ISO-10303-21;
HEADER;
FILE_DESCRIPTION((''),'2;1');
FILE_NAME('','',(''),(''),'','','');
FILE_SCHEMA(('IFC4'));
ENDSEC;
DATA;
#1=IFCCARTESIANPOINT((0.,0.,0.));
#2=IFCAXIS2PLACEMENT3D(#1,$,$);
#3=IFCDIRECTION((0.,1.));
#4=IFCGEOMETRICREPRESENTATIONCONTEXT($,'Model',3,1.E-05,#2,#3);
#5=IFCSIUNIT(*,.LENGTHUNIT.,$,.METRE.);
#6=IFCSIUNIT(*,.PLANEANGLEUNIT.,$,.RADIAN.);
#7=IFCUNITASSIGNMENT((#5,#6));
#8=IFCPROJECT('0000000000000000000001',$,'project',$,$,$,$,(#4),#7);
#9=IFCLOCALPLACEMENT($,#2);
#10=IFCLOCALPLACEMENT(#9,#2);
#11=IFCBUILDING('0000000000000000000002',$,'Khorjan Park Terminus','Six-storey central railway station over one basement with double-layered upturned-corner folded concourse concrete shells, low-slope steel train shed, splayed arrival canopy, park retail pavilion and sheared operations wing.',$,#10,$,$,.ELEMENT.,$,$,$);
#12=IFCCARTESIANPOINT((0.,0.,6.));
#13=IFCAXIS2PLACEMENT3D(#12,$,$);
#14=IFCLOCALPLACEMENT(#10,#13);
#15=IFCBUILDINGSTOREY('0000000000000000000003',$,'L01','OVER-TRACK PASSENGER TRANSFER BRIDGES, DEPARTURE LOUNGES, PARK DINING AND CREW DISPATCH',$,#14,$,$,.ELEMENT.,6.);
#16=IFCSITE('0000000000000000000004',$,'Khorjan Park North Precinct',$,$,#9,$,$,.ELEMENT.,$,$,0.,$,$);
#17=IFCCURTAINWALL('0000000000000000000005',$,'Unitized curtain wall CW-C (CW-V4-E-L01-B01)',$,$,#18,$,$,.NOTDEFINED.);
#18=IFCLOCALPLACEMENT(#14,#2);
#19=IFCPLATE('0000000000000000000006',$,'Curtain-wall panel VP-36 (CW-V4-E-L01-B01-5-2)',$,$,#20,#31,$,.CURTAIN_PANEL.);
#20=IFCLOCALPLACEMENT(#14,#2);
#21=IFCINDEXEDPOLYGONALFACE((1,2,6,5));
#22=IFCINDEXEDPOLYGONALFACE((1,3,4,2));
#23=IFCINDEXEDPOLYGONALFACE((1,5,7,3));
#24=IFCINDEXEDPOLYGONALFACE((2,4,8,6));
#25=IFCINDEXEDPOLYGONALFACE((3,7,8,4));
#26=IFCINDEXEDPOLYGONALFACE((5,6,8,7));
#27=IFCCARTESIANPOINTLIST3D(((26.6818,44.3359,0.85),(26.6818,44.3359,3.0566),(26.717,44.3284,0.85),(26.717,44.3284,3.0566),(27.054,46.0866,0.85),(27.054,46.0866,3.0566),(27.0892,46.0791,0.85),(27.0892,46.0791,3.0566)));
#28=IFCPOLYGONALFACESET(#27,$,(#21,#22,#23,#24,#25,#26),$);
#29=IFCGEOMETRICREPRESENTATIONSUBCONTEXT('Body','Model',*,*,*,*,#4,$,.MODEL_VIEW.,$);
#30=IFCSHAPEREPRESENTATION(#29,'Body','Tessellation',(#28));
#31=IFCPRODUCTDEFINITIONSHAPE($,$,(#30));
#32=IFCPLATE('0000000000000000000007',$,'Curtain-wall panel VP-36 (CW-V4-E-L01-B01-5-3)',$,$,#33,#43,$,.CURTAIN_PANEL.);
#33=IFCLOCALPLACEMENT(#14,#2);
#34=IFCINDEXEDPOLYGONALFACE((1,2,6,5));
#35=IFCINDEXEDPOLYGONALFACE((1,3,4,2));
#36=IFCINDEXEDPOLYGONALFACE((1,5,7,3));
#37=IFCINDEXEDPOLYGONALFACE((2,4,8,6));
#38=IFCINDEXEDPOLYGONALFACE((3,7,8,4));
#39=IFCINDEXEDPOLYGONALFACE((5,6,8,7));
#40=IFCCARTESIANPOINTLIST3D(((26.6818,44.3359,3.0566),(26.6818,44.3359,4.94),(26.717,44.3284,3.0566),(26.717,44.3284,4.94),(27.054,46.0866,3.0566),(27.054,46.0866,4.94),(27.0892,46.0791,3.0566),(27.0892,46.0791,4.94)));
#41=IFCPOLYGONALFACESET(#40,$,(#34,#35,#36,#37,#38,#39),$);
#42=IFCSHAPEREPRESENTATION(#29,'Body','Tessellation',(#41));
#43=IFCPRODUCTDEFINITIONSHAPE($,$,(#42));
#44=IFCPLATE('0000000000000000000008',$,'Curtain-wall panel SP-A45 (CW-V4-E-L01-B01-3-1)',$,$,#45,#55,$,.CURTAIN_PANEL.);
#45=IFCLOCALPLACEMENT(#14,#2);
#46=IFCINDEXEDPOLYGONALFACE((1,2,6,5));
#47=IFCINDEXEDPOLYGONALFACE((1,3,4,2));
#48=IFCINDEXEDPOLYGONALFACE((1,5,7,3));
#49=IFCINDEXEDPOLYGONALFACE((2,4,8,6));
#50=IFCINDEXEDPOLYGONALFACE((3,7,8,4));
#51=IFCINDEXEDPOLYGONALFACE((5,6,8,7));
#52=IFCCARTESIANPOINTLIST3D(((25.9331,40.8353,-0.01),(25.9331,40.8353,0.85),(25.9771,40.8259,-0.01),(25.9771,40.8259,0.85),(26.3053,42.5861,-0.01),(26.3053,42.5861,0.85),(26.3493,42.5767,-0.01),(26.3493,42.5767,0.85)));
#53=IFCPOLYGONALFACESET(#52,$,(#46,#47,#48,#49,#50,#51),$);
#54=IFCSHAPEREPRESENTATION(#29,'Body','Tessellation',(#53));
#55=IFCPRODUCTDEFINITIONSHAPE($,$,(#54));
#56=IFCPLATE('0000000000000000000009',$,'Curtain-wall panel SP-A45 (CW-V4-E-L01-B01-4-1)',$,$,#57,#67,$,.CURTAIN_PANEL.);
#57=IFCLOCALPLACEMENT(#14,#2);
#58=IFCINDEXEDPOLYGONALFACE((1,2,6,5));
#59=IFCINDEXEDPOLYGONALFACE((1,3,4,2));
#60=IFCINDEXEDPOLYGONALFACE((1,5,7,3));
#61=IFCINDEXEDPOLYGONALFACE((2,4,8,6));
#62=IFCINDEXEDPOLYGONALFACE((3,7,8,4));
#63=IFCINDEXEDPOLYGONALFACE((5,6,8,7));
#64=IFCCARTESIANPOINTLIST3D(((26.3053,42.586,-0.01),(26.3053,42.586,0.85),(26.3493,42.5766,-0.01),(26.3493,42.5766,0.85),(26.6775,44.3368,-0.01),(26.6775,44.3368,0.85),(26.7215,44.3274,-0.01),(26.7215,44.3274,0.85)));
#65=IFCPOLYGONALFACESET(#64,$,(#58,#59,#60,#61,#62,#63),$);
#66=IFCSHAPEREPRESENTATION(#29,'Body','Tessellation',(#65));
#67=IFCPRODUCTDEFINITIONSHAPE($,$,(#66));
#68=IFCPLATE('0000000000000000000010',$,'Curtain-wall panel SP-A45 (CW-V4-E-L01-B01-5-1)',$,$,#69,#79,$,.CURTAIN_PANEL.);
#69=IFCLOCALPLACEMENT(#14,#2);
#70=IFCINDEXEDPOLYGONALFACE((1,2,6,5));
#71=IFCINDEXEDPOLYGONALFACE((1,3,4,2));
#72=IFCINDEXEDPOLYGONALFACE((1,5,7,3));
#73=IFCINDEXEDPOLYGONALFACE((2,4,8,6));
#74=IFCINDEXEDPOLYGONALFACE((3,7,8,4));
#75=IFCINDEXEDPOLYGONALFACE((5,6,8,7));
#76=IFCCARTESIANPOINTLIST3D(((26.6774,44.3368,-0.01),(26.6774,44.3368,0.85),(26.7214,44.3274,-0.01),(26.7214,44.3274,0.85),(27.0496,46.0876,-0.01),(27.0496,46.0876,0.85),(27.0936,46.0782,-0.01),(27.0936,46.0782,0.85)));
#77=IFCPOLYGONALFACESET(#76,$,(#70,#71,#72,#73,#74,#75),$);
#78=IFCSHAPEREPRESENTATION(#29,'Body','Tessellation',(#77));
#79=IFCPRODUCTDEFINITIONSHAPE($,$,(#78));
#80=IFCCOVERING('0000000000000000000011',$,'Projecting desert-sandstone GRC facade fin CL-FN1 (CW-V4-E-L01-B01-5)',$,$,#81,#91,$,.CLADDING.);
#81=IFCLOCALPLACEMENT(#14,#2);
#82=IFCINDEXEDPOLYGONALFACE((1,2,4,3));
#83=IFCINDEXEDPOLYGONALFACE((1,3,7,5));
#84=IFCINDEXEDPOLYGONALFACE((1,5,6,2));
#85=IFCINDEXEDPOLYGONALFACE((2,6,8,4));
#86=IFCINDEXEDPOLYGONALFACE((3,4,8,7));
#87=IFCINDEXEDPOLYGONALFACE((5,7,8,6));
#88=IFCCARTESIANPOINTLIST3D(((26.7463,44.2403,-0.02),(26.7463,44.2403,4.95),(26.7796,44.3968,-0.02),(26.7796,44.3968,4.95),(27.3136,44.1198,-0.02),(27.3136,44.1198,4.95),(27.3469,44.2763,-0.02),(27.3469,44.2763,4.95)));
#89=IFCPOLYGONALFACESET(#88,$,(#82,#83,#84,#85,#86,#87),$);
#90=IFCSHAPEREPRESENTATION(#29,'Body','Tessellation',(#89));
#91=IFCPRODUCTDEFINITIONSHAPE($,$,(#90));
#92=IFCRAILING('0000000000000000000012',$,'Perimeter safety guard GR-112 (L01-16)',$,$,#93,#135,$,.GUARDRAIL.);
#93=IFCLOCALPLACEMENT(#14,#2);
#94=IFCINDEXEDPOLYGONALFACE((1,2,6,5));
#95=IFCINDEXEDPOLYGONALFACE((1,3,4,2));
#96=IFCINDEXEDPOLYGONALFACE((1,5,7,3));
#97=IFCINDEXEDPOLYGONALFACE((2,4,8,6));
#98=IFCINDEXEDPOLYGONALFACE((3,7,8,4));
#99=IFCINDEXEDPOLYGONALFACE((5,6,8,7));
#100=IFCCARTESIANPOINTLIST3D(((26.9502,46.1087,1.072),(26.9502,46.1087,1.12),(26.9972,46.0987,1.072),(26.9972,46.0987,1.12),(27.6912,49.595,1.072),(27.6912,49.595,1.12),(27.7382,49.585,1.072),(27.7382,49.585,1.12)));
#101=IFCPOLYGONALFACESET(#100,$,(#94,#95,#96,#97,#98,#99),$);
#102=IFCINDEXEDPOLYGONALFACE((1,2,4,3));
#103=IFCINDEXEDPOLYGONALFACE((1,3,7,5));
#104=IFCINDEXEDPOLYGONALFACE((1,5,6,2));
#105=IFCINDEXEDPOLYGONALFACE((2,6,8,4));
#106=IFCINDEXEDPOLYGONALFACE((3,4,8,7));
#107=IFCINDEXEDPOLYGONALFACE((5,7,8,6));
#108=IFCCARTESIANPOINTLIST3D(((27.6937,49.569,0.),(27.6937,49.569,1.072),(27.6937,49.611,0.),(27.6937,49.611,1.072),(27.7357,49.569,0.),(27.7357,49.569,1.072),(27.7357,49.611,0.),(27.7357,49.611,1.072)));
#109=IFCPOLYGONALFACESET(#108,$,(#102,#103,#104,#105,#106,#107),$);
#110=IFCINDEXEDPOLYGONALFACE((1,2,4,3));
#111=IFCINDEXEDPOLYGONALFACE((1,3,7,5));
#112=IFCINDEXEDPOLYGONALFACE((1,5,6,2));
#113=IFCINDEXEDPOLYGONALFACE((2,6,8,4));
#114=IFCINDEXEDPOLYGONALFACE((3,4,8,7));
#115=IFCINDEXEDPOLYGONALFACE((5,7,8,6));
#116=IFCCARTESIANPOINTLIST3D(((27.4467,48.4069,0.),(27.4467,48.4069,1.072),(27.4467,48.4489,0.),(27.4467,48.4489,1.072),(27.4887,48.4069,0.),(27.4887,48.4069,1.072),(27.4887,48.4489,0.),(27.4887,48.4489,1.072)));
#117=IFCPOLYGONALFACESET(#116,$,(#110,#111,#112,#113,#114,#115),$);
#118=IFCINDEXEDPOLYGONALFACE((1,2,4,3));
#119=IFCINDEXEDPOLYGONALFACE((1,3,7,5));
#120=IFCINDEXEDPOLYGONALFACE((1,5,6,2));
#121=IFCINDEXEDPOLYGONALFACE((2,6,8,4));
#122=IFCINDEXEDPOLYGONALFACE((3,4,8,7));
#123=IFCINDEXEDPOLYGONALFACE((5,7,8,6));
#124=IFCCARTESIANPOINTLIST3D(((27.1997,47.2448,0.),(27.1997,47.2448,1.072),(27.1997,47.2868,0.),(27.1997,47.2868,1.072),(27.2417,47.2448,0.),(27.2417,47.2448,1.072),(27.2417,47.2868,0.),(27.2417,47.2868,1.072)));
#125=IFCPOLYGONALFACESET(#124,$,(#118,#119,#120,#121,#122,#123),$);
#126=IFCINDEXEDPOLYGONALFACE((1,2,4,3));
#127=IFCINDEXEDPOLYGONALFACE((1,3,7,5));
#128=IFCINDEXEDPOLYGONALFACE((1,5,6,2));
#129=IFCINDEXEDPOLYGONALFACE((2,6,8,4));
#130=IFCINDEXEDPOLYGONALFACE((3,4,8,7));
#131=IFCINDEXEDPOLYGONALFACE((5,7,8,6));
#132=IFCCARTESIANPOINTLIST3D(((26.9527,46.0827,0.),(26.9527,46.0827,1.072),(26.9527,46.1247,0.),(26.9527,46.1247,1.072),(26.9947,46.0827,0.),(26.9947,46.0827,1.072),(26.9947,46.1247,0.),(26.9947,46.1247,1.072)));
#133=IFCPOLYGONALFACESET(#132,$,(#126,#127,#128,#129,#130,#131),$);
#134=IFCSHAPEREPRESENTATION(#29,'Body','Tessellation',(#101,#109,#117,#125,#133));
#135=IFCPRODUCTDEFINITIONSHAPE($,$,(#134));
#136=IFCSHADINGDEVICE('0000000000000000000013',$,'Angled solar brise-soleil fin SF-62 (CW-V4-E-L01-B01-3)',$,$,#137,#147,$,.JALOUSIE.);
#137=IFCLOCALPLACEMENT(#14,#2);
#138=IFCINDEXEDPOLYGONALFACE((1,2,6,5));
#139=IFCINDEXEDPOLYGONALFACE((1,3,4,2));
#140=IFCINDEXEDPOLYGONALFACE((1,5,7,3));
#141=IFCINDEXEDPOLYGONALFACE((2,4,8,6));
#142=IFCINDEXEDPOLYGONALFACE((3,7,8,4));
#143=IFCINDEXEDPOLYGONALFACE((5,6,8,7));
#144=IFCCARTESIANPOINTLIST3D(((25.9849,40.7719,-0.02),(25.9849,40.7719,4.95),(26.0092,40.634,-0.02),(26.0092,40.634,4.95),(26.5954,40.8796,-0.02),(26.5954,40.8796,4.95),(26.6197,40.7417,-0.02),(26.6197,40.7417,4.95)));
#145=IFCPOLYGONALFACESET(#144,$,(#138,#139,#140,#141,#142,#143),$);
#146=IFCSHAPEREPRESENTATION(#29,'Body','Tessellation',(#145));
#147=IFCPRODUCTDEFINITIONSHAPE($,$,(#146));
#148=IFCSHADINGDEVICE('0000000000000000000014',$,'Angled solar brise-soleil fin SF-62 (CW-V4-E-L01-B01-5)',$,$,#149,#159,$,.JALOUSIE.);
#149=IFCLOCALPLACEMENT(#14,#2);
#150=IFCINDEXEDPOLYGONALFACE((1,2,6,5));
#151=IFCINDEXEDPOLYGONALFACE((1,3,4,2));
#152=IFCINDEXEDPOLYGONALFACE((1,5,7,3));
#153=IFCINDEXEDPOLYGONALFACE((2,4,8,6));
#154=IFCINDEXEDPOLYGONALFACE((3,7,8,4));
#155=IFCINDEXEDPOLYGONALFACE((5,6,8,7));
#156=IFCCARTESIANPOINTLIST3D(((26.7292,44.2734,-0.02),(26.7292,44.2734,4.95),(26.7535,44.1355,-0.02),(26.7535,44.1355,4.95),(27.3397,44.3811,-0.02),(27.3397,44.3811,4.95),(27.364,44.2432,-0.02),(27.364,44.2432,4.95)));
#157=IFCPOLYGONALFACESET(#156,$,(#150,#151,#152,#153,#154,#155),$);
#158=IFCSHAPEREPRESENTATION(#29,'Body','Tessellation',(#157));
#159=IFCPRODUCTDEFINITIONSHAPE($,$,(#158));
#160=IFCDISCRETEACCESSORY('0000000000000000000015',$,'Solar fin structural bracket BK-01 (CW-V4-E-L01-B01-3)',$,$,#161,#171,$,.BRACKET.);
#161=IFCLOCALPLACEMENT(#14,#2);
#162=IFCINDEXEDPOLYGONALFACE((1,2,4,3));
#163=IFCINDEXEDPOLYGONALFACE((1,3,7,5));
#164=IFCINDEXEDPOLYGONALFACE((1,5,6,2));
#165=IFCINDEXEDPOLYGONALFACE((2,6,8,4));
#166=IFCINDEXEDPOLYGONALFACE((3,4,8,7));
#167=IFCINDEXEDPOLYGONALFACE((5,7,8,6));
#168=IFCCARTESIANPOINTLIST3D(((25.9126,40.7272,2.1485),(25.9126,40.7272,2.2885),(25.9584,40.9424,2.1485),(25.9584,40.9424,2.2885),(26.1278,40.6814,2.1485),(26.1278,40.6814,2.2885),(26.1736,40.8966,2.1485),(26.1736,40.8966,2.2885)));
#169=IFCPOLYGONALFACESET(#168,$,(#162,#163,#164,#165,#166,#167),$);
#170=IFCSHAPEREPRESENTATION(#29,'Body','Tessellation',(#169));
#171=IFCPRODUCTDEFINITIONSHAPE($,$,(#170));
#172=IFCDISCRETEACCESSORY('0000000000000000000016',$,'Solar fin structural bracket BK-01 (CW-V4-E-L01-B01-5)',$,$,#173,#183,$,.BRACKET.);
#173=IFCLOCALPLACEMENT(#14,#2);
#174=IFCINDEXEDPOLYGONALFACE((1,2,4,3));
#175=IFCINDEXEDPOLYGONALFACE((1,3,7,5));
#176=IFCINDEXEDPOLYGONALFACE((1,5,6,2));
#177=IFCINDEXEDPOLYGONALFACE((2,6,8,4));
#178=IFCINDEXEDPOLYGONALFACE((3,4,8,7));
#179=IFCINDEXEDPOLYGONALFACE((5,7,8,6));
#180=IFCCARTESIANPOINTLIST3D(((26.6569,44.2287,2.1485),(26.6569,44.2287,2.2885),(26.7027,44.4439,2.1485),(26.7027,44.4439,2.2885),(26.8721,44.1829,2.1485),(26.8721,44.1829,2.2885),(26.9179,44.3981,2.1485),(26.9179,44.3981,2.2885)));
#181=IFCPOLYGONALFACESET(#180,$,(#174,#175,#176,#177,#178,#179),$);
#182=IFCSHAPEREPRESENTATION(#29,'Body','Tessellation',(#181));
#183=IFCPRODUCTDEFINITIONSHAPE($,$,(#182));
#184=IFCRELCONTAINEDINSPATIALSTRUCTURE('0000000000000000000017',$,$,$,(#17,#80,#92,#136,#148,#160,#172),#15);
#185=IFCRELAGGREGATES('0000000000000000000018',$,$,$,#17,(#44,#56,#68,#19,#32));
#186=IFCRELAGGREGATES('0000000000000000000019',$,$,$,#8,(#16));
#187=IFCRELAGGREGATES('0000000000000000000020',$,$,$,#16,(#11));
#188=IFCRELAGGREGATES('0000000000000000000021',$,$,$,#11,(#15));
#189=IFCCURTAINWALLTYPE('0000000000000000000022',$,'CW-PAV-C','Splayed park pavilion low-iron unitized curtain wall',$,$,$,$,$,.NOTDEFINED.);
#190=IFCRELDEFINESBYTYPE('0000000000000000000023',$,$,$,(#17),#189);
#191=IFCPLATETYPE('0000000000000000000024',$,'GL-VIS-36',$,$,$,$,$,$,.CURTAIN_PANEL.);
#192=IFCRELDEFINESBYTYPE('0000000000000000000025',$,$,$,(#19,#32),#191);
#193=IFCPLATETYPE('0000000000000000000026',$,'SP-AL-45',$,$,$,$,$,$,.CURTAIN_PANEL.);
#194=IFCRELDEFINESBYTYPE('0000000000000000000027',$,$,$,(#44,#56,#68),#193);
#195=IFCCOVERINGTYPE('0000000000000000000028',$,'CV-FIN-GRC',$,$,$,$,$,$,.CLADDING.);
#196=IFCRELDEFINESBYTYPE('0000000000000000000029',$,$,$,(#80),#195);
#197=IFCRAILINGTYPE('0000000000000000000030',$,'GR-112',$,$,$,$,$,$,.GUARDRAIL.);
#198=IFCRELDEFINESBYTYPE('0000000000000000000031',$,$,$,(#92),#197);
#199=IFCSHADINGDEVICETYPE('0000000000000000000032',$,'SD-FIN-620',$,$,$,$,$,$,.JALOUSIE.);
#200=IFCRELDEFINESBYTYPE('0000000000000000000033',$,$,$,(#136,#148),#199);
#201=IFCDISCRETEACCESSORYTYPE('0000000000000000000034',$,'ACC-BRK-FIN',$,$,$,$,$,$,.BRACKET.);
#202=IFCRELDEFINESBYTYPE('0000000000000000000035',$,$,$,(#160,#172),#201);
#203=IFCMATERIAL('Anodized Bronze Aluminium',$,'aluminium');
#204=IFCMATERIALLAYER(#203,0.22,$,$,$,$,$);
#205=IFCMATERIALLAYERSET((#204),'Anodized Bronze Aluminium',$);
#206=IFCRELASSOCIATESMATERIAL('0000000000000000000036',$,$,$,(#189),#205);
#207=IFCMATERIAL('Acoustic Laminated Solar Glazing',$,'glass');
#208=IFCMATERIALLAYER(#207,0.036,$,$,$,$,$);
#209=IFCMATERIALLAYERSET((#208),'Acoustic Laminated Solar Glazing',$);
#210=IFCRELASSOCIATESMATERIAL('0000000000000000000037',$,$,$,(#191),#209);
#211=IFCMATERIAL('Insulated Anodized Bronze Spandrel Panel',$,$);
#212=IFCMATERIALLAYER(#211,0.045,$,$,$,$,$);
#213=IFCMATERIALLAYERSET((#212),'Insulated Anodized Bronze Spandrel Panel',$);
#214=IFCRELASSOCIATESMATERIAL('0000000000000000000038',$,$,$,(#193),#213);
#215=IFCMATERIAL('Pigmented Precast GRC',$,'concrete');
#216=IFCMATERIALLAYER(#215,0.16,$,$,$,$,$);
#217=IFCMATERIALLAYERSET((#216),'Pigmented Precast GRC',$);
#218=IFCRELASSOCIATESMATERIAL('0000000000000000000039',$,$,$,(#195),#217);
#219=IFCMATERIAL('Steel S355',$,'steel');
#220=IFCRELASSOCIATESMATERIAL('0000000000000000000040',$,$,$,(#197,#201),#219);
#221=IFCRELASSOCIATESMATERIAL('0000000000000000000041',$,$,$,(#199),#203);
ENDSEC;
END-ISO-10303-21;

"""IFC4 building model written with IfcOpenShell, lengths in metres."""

from ifc_helpers import new_model, si_unit, direction, frame, origin, origin_2d, place, context, subcontext, project, spatial, rectangle, extrude, material, layer, layer_set, type_object, element, aggregate, save


model = new_model("IFC4")

# Units and contexts
model_context = context("Model", 3, precision=1e-05, world=origin(), true_north=direction((0.0, 1.0)))
body_context = subcontext(model_context, "Body", "Model", "MODEL_VIEW")
ifc_project = project(units=[si_unit("LENGTHUNIT", "METRE"), si_unit("PLANEANGLEUNIT", "RADIAN")], contexts=[model_context])

# Site, building, storey
site_placement = place(None, origin())
site = spatial("IfcSite", under=ifc_project, at=site_placement, Name="Khorjan Park North Precinct", CompositionType="ELEMENT", RefElevation=0.0)
building_placement = place(site_placement, origin())
building = spatial("IfcBuilding", under=site, at=building_placement, Name="Khorjan Park Terminus", Description="Six-storey central railway station over one basement with double-layered upturned-corner folded concourse concrete shells, low-slope steel train shed, splayed arrival canopy, park retail pavilion and sheared operations wing.", CompositionType="ELEMENT")
storey_placement = place(building_placement, frame((0.0, 0.0, 6.0)))
storey = spatial("IfcBuildingStorey", under=building, at=storey_placement, Name="L01", Description="OVER-TRACK PASSENGER TRANSFER BRIDGES, DEPARTURE LOUNGES, PARK DINING AND CREW DISPATCH", CompositionType="ELEMENT", Elevation=6.0)

# Shared definitions
ifc_material_1 = material(Name="Steel S355", Category="steel")

# Curtain wall, plates
ifc_material_2 = material(Name="Anodized Bronze Aluminium", Category="aluminium")
ifc_layer_1 = layer(ifc_material_2, 0.22)
ifc_layer_set_1 = layer_set([ifc_layer_1], Name="Anodized Bronze Aluminium")
curtain_wall_type = type_object("IfcCurtainWallType", Name="CW-PAV-C", Description="Splayed park pavilion low-iron unitized curtain wall", PredefinedType="NOTDEFINED", material=ifc_layer_set_1)
curtain_wall_placement = place(storey_placement, origin())
curtain_wall = element("IfcCurtainWall", 1, at=curtain_wall_placement, inside=storey, type_object=curtain_wall_type, Name="Unitized curtain wall CW-C (CW-V4-E-L01-B01)", PredefinedType="NOTDEFINED")
ifc_material_3 = material(Name="Acoustic Laminated Solar Glazing", Category="glass")
ifc_layer_2 = layer(ifc_material_3, 0.036)
ifc_layer_set_2 = layer_set([ifc_layer_2], Name="Acoustic Laminated Solar Glazing")
plate_type_1 = type_object("IfcPlateType", Name="GL-VIS-36", PredefinedType="CURTAIN_PANEL", material=ifc_layer_set_2)
plate_1_placement = place(storey_placement, frame((26.8855, 45.2075, 0.85), z_axis=(0.0, 0.0, 1.0), x_axis=(0.207917, 0.978147, 0.0)))
plate_1 = element("IfcPlate", 2, at=plate_1_placement, type_object=plate_type_1, Name="Curtain-wall panel VP-36 (CW-V4-E-L01-B01-5-2)", PredefinedType="CURTAIN_PANEL", context=body_context, shape_type="SweptSolid", body=[
    extrude(rectangle(XDim=1.7899, YDim=0.036, at=origin_2d()), origin(), (0.0, 0.0, 1.0), 2.2066),
])
plate_2_placement = place(storey_placement, frame((26.8855, 45.2075, 3.0566), z_axis=(0.0, 0.0, 1.0), x_axis=(0.207917, 0.978147, 0.0)))
plate_2 = element("IfcPlate", 3, at=plate_2_placement, type_object=plate_type_1, Name="Curtain-wall panel VP-36 (CW-V4-E-L01-B01-5-3)", PredefinedType="CURTAIN_PANEL", context=body_context, shape_type="SweptSolid", body=[
    extrude(rectangle(XDim=1.7899, YDim=0.036, at=origin_2d()), origin(), (0.0, 0.0, 1.0), 1.8834),
])
ifc_material_4 = material(Name="Insulated Anodized Bronze Spandrel Panel")
ifc_layer_3 = layer(ifc_material_4, 0.045)
ifc_layer_set_3 = layer_set([ifc_layer_3], Name="Insulated Anodized Bronze Spandrel Panel")
plate_type_2 = type_object("IfcPlateType", Name="SP-AL-45", PredefinedType="CURTAIN_PANEL", material=ifc_layer_set_3)
plate_3_placement = place(storey_placement, frame((26.1412, 41.706, -0.01), z_axis=(0.0, 0.0, 1.0), x_axis=(0.207917, 0.978147, 0.0)))
plate_3 = element("IfcPlate", 4, at=plate_3_placement, type_object=plate_type_2, Name="Curtain-wall panel SP-A45 (CW-V4-E-L01-B01-3-1)", PredefinedType="CURTAIN_PANEL", context=body_context, shape_type="SweptSolid", body=[
    extrude(rectangle(XDim=1.7899, YDim=0.045, at=origin_2d()), origin(), (0.0, 0.0, 1.0), 0.86),
])
plate_4_placement = place(storey_placement, frame((26.5134, 43.4567, -0.01), z_axis=(0.0, 0.0, 1.0), x_axis=(0.207917, 0.978147, 0.0)))
plate_4 = element("IfcPlate", 5, at=plate_4_placement, type_object=plate_type_2, Name="Curtain-wall panel SP-A45 (CW-V4-E-L01-B01-4-1)", PredefinedType="CURTAIN_PANEL", context=body_context, shape_type="SweptSolid", body=[
    extrude(rectangle(XDim=1.7899, YDim=0.045, at=origin_2d()), origin(), (0.0, 0.0, 1.0), 0.86),
])
plate_5_placement = place(storey_placement, frame((26.8855, 45.2075, -0.01), z_axis=(0.0, 0.0, 1.0), x_axis=(0.207917, 0.978147, 0.0)))
plate_5 = element("IfcPlate", 6, at=plate_5_placement, type_object=plate_type_2, Name="Curtain-wall panel SP-A45 (CW-V4-E-L01-B01-5-1)", PredefinedType="CURTAIN_PANEL", context=body_context, shape_type="SweptSolid", body=[
    extrude(rectangle(XDim=1.7899, YDim=0.045, at=origin_2d()), origin(), (0.0, 0.0, 1.0), 0.86),
])
aggregate(curtain_wall, [plate_3, plate_4, plate_5, plate_1, plate_2])

# Covering
ifc_material_5 = material(Name="Pigmented Precast GRC", Category="concrete")
ifc_layer_4 = layer(ifc_material_5, 0.16)
ifc_layer_set_4 = layer_set([ifc_layer_4], Name="Pigmented Precast GRC")
covering_type = type_object("IfcCoveringType", Name="CV-FIN-GRC", PredefinedType="CLADDING", material=ifc_layer_set_4)
covering_placement = place(storey_placement, frame((27.0466, 44.2583, -0.02), z_axis=(0.0, 0.0, 1.0), x_axis=(-0.978148, 0.207912, 0.0)))
element("IfcCovering", 7, at=covering_placement, inside=storey, type_object=covering_type, Name="Projecting desert-sandstone GRC facade fin CL-FN1 (CW-V4-E-L01-B01-5)", PredefinedType="CLADDING", context=body_context, shape_type="SweptSolid", body=[
    extrude(rectangle(XDim=0.58, YDim=0.16, at=origin_2d()), origin(), (0.0, 0.0, 1.0), 4.97),
])

# Railing
railing_type = type_object("IfcRailingType", Name="GR-112", PredefinedType="GUARDRAIL", material=ifc_material_1)
railing_placement = place(storey_placement, frame((27.7147, 49.59, 0.0)))
element("IfcRailing", 8, at=railing_placement, inside=storey, type_object=railing_type, Name="Perimeter safety guard GR-112 (L01-16)", PredefinedType="GUARDRAIL", context=body_context, shape_type="SweptSolid", body=[
    extrude(rectangle(XDim=0.048, YDim=0.048, at=origin_2d()), frame((0.0, 0.0, 1.096), z_axis=(-0.207902, -0.97815, 0.0), x_axis=(0.97815, -0.207902, 0.0)), (0.0, 0.0, 1.0), 3.5642),
    extrude(rectangle(XDim=0.042, YDim=0.042, at=origin_2d()), origin(), (0.0, 0.0, 1.0), 1.072),
    extrude(rectangle(XDim=0.042, YDim=0.042, at=origin_2d()), frame((-0.247, -1.1621, 0.0)), (0.0, 0.0, 1.0), 1.072),
    extrude(rectangle(XDim=0.042, YDim=0.042, at=origin_2d()), frame((-0.494, -2.3242, 0.0)), (0.0, 0.0, 1.0), 1.072),
    extrude(rectangle(XDim=0.042, YDim=0.042, at=origin_2d()), frame((-0.741, -3.4863, 0.0)), (0.0, 0.0, 1.0), 1.072),
])

# Shading devices
shading_device_type = type_object("IfcShadingDeviceType", Name="SD-FIN-620", PredefinedType="JALOUSIE", material=ifc_material_2)
for number, where, z_axis, x_axis, name in (
    (9, (26.3023, 40.7568, -0.02), (0.0, 0.0, 1.0), (-0.984808, -0.173648, 0.0), "Angled solar brise-soleil fin SF-62 (CW-V4-E-L01-B01-3)"),
    (10, (27.0466, 44.2583, -0.02), (0.0, 0.0, 1.0), (-0.984808, -0.173648, 0.0), "Angled solar brise-soleil fin SF-62 (CW-V4-E-L01-B01-5)"),
):
    element("IfcShadingDevice", number, at=place(storey_placement, frame(where, z_axis=z_axis, x_axis=x_axis)), inside=storey, type_object=shading_device_type, Name=name, PredefinedType="JALOUSIE", context=body_context, shape_type="SweptSolid", body=[
        extrude(rectangle(XDim=0.62, YDim=0.14, at=origin_2d()), origin(), (0.0, 0.0, 1.0), 4.97),
    ])

# Discrete accessories
discrete_accessory_type = type_object("IfcDiscreteAccessoryType", Name="ACC-BRK-FIN", PredefinedType="BRACKET", material=ifc_material_1)
for number, where, z_axis, x_axis, name in (
    (11, (26.0431, 40.8119, 2.1485), (0.0, 0.0, 1.0), (0.207917, 0.978147, 0.0), "Solar fin structural bracket BK-01 (CW-V4-E-L01-B01-3)"),
    (12, (26.7874, 44.3134, 2.1485), (0.0, 0.0, 1.0), (0.207917, 0.978147, 0.0), "Solar fin structural bracket BK-01 (CW-V4-E-L01-B01-5)"),
):
    element("IfcDiscreteAccessory", number, at=place(storey_placement, frame(where, z_axis=z_axis, x_axis=x_axis)), inside=storey, type_object=discrete_accessory_type, Name=name, PredefinedType="BRACKET", context=body_context, shape_type="SweptSolid", body=[
        extrude(rectangle(XDim=0.22, YDim=0.22, at=origin_2d()), origin(), (0.0, 0.0, 1.0), 0.14),
    ])

save(model, "model.ifc")
